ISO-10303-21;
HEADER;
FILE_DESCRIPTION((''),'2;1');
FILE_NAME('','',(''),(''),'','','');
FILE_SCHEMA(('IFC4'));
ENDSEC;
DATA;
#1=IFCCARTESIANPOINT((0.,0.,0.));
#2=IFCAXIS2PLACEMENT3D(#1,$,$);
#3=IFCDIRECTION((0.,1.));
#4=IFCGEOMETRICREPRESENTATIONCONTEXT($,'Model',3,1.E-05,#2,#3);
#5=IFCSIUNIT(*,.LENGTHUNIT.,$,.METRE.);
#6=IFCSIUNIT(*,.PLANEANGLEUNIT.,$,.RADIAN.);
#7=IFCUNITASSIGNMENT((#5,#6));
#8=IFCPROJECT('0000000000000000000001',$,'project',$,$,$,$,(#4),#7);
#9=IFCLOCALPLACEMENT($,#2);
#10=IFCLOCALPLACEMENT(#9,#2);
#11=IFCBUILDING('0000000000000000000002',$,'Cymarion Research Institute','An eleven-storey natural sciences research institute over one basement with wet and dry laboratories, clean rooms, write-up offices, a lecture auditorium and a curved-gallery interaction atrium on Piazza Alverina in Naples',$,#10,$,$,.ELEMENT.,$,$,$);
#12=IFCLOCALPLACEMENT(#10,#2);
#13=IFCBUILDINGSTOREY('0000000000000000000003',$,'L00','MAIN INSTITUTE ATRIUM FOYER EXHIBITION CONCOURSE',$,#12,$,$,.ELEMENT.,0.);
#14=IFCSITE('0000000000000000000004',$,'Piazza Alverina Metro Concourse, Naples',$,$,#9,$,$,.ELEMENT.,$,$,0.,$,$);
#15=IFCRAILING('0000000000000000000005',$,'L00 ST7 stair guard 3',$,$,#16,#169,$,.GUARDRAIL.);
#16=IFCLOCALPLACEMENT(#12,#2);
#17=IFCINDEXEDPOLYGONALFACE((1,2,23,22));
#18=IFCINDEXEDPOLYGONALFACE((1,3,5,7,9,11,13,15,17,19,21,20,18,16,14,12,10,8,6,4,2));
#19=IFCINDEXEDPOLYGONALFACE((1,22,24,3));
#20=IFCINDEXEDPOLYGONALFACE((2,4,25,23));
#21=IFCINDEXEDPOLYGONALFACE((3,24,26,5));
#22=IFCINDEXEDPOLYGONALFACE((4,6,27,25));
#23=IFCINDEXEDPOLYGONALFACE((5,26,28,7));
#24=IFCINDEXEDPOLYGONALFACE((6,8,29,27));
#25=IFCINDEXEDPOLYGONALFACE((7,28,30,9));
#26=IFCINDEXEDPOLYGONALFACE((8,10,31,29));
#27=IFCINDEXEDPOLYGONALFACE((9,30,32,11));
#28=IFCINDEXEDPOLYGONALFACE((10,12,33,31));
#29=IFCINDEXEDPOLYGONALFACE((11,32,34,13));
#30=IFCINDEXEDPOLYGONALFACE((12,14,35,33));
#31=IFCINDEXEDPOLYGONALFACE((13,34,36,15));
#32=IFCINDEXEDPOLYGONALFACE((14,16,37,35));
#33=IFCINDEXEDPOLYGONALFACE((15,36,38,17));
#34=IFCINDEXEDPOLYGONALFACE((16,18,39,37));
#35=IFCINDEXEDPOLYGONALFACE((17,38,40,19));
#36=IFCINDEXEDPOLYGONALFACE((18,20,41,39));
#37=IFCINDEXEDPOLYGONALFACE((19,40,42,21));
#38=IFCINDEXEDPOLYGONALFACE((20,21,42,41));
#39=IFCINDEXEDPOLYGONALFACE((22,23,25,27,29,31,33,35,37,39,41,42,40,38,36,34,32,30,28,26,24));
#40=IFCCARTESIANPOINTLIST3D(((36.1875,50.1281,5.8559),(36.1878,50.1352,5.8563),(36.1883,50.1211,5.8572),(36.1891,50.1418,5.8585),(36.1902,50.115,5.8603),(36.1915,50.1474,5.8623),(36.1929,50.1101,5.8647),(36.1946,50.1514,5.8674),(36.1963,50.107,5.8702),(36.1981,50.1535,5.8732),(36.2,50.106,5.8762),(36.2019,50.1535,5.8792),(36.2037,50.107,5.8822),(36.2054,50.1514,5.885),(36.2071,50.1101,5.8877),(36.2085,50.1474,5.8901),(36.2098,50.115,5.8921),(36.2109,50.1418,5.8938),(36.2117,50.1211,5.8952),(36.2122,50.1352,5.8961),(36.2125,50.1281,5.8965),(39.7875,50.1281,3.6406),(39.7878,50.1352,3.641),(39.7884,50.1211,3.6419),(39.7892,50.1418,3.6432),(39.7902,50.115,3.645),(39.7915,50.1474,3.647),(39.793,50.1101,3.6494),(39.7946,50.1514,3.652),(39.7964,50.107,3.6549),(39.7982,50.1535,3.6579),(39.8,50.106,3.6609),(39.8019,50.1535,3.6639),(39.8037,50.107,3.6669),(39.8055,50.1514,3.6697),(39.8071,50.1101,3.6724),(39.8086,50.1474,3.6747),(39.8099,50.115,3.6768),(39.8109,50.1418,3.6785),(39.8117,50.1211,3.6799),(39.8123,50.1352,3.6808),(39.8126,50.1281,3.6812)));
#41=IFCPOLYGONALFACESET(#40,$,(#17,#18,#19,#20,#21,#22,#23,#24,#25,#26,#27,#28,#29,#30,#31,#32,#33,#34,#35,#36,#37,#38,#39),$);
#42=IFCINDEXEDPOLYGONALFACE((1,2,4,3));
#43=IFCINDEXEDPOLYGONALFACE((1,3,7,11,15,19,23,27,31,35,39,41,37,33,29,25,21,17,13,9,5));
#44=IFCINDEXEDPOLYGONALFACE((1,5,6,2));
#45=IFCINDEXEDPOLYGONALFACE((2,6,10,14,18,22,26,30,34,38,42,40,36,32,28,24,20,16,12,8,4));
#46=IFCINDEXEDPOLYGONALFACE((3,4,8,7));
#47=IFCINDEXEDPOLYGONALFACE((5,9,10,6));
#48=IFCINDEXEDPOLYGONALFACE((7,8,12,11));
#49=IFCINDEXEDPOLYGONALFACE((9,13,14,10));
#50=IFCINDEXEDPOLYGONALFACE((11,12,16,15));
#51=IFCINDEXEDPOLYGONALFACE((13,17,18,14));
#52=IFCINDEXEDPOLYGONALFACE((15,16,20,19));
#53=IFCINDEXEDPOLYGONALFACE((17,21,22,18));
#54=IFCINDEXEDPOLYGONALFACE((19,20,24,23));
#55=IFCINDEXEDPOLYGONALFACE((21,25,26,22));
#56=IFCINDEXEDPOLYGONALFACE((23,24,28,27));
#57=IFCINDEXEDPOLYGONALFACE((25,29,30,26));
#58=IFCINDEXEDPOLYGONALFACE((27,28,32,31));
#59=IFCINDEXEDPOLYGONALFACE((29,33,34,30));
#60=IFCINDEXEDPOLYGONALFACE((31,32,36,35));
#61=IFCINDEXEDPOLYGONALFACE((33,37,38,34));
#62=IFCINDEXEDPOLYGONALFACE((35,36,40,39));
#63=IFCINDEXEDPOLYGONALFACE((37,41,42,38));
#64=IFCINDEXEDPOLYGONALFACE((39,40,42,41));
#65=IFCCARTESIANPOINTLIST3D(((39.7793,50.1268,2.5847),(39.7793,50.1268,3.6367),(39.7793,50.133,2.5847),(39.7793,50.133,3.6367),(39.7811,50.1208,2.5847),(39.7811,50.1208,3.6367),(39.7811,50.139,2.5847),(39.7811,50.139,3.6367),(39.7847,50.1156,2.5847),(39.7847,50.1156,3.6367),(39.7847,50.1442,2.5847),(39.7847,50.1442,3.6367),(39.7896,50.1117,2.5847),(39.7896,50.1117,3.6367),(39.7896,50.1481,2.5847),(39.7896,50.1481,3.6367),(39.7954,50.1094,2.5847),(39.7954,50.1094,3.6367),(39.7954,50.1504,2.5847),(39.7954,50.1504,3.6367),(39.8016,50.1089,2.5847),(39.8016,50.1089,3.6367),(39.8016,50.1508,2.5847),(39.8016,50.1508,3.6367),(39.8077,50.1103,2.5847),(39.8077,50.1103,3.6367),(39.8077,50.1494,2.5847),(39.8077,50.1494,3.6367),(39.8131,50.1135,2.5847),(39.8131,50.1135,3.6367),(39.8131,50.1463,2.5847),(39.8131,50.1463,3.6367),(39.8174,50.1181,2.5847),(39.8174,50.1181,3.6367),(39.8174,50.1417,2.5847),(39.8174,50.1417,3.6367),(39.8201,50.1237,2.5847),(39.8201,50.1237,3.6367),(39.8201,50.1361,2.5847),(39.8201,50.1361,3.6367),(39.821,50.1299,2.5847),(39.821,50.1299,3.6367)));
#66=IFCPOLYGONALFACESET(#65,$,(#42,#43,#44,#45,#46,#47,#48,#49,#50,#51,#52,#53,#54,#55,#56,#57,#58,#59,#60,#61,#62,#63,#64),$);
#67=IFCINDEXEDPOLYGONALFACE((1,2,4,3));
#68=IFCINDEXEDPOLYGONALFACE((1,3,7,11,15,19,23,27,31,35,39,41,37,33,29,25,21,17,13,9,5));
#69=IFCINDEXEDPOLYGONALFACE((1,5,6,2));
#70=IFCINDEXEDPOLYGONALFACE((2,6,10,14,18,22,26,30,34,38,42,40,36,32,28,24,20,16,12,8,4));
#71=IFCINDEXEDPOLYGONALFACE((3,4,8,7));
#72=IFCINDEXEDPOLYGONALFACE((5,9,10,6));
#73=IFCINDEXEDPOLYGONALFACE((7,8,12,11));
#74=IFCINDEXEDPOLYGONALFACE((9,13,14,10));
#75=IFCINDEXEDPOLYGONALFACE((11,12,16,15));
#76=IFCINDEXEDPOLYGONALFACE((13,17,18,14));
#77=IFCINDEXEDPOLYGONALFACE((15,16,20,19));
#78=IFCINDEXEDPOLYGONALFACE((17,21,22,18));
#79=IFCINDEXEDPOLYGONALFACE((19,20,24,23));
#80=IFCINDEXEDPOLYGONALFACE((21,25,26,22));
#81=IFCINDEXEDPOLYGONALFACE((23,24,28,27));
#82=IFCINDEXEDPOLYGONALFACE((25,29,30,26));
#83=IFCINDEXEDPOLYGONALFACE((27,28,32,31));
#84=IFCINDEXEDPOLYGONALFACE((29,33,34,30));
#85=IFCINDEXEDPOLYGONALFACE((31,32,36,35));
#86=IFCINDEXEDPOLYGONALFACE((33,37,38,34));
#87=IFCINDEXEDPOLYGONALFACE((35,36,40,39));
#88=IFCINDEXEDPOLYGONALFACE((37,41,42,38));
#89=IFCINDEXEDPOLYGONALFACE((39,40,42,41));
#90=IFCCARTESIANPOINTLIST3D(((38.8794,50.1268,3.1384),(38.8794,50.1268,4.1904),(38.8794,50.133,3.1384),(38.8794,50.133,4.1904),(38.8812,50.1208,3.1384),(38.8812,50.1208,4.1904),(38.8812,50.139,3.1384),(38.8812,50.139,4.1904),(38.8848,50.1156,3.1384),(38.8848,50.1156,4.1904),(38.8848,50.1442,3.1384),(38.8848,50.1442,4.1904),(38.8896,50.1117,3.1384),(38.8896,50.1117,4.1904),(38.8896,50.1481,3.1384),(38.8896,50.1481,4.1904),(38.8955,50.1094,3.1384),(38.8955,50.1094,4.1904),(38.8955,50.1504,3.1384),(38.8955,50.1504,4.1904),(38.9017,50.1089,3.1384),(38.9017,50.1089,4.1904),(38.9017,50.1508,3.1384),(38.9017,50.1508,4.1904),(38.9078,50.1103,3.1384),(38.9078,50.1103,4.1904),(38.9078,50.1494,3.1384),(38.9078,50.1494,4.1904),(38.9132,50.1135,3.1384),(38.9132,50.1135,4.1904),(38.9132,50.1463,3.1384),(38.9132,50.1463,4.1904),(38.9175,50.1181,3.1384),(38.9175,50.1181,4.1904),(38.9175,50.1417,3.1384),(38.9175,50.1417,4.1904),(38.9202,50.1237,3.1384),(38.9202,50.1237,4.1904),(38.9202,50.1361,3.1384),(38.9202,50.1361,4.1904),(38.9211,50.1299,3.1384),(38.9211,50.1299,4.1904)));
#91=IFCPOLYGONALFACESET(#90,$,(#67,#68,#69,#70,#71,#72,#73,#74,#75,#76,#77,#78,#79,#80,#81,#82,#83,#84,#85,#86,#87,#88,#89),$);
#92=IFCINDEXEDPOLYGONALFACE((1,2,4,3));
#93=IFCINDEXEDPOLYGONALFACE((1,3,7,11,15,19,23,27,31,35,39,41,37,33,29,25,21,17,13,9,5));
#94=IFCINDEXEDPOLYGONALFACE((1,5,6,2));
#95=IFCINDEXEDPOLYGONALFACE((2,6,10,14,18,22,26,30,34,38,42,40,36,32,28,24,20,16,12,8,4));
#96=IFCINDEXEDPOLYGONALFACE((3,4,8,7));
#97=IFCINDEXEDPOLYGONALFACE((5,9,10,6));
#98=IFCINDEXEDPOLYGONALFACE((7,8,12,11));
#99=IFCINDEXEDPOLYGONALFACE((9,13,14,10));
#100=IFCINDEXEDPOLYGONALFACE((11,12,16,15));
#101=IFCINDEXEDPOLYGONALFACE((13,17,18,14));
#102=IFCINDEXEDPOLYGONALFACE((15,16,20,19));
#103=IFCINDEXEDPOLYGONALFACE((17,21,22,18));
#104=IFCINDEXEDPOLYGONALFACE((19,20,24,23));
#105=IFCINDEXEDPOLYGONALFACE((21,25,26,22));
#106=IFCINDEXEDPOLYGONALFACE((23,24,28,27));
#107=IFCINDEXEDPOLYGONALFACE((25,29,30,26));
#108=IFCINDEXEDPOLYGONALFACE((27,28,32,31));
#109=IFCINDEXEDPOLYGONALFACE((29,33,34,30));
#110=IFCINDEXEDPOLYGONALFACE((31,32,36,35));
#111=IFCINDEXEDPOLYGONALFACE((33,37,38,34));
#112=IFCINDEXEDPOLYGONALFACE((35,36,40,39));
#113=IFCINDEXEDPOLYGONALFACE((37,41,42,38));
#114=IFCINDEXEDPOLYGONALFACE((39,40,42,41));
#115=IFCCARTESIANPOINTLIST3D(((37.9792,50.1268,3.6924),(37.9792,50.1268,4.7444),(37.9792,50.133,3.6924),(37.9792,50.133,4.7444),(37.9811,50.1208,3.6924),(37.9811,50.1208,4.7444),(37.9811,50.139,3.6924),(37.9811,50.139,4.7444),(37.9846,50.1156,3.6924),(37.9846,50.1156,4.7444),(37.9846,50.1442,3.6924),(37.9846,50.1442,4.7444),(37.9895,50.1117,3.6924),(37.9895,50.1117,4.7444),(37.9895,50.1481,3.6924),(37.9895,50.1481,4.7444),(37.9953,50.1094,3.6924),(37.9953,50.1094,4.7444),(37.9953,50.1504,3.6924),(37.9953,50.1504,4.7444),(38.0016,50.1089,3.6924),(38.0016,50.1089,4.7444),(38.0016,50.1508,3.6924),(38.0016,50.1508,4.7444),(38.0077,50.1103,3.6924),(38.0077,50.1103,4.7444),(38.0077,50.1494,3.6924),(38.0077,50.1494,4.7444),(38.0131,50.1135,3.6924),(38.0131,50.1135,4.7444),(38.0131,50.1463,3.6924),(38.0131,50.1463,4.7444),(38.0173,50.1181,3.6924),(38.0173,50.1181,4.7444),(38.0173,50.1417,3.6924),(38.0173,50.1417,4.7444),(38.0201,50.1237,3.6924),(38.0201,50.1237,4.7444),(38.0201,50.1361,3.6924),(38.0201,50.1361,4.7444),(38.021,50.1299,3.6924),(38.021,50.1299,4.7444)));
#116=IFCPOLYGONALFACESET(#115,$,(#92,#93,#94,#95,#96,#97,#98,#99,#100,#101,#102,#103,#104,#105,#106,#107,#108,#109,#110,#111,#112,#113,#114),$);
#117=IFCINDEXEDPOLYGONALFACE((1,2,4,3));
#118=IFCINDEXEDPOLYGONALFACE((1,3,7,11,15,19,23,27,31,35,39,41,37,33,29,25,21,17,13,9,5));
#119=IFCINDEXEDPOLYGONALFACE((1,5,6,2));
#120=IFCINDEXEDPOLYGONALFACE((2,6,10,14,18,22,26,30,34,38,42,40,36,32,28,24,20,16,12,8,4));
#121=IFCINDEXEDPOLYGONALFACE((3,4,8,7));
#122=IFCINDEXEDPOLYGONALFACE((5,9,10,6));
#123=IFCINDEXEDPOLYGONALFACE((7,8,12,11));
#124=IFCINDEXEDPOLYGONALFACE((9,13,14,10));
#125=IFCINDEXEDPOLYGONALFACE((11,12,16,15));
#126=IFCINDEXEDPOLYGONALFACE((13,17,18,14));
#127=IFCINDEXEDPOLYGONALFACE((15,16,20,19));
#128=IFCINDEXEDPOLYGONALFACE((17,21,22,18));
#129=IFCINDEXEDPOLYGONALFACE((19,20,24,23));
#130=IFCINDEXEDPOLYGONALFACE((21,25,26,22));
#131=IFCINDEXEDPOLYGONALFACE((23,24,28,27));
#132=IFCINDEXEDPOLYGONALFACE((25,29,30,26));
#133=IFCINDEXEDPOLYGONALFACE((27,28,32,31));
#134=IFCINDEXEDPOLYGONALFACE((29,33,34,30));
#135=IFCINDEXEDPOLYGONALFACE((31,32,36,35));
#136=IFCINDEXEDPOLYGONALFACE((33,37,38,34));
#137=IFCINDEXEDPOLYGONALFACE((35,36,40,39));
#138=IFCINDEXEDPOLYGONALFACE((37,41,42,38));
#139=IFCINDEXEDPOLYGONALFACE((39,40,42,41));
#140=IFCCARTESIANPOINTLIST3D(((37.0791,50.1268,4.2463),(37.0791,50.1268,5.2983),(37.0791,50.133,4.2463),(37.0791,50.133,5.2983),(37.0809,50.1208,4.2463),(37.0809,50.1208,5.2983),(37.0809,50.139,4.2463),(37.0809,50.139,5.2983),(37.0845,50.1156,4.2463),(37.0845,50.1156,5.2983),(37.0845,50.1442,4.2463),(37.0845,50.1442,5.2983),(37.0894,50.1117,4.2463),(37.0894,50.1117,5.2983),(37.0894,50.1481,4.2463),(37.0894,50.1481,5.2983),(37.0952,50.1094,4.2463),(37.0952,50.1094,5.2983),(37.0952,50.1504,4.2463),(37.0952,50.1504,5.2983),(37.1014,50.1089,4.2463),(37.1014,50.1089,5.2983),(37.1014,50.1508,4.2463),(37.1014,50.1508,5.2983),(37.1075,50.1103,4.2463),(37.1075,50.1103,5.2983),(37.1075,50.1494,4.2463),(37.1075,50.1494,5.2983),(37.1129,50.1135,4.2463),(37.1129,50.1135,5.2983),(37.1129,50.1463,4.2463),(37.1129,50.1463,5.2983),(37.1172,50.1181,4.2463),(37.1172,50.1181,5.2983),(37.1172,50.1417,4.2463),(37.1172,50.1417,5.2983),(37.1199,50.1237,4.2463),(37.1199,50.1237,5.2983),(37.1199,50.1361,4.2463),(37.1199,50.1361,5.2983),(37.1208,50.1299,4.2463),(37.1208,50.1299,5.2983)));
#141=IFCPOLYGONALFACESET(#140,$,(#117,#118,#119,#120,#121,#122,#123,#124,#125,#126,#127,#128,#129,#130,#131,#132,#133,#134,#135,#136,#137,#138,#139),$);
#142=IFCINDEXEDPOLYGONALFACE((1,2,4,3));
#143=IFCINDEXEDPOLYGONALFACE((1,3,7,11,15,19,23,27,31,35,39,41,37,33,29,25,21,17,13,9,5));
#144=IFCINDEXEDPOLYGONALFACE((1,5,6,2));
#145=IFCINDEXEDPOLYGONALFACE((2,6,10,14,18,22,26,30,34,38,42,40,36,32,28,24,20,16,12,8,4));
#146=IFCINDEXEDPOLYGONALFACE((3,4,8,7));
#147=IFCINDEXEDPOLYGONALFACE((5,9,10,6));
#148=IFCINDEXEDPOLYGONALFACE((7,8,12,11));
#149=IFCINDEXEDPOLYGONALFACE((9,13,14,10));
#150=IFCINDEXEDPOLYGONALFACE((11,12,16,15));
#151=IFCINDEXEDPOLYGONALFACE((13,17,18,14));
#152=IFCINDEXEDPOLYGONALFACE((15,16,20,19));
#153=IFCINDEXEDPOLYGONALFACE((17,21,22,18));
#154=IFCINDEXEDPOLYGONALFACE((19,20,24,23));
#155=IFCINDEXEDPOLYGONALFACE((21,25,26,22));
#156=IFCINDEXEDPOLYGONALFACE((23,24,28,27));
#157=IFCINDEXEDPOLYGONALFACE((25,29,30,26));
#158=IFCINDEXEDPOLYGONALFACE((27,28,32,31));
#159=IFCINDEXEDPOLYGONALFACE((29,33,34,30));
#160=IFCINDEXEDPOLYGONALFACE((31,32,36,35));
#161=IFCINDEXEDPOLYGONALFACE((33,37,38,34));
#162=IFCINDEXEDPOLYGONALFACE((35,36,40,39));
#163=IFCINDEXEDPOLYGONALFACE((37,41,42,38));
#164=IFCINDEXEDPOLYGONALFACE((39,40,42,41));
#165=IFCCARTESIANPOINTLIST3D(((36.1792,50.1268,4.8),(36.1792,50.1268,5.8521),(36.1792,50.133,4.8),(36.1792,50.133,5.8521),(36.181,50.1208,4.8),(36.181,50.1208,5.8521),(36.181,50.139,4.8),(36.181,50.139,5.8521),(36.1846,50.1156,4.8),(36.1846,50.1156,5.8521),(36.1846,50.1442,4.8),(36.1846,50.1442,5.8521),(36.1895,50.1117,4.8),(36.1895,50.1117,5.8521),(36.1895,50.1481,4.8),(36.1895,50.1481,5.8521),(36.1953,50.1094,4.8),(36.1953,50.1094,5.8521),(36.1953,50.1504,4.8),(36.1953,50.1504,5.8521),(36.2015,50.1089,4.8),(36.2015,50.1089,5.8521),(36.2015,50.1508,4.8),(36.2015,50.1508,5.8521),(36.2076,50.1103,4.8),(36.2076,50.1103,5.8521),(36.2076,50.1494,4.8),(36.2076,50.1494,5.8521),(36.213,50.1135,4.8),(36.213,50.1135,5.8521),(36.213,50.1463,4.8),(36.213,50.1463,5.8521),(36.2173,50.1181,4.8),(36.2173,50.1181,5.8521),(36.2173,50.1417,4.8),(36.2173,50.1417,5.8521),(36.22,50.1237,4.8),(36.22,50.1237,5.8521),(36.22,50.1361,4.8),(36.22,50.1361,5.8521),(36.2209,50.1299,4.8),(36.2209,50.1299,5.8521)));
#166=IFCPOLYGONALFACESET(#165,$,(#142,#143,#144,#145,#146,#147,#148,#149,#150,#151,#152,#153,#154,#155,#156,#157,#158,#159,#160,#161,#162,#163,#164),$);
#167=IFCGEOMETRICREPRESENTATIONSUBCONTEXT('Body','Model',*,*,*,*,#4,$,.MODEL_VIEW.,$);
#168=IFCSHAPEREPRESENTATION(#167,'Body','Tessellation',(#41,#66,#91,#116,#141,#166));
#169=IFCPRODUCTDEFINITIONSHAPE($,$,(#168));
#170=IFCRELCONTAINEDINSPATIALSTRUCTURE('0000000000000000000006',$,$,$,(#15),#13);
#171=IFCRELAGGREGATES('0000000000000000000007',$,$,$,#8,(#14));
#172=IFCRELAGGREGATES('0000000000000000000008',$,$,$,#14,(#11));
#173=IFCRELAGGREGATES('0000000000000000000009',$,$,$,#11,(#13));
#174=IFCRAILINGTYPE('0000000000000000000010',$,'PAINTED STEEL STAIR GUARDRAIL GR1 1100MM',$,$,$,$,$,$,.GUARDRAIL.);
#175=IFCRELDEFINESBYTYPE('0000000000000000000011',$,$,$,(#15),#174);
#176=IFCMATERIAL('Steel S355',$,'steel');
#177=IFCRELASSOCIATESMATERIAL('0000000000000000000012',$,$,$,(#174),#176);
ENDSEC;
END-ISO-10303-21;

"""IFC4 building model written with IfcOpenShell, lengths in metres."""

from ifc_helpers import new_model, si_unit, direction, frame, origin, origin_2d, place, context, subcontext, project, spatial, circle, extrude, material, type_object, element, save


model = new_model("IFC4")

# Units and contexts
model_context = context("Model", 3, precision=1e-05, world=origin(), true_north=direction((0.0, 1.0)))
body_context = subcontext(model_context, "Body", "Model", "MODEL_VIEW")
ifc_project = project(units=[si_unit("LENGTHUNIT", "METRE"), si_unit("PLANEANGLEUNIT", "RADIAN")], contexts=[model_context])

# Site, building, storey
site_placement = place(None, origin())
site = spatial("IfcSite", under=ifc_project, at=site_placement, Name="Piazza Alverina Metro Concourse, Naples", CompositionType="ELEMENT", RefElevation=0.0)
building_placement = place(site_placement, origin())
building = spatial("IfcBuilding", under=site, at=building_placement, Name="Cymarion Research Institute", Description="An eleven-storey natural sciences research institute over one basement with wet and dry laboratories, clean rooms, write-up offices, a lecture auditorium and a curved-gallery interaction atrium on Piazza Alverina in Naples", CompositionType="ELEMENT")
storey_placement = place(building_placement, origin())
storey = spatial("IfcBuildingStorey", under=building, at=storey_placement, Name="L00", Description="MAIN INSTITUTE ATRIUM FOYER EXHIBITION CONCOURSE", CompositionType="ELEMENT", Elevation=0.0)

# Shared definitions
ifc_material_1 = material(Name="Steel S355", Category="steel")

# Railing
railing_type_1 = type_object("IfcRailingType", Name="PAINTED STEEL STAIR GUARDRAIL GR1 1100MM", PredefinedType="GUARDRAIL", material=ifc_material_1)
railing_1_placement = place(storey_placement, frame((39.8, 50.1299, 2.5847)))
element("IfcRailing", 1, at=railing_1_placement, inside=storey, type_object=railing_type_1, Name="L00 ST7 stair guard 3", PredefinedType="GUARDRAIL", context=body_context, shape_type="SweptSolid", body=[
    extrude(circle(Radius=0.0239, at=origin_2d()), frame((0.0, 0.0, 1.0762), z_axis=(-0.85167, 0.0, 0.524078), x_axis=(0.0, -1.0, 0.0)), (0.0, 0.0, 1.0), 4.2271),
    extrude(circle(Radius=0.021, at=origin_2d()), origin(), (0.0, 0.0, 1.0), 1.052),
    extrude(circle(Radius=0.021, at=origin_2d()), frame((-0.8999, 0.0, 0.5537)), (0.0, 0.0, 1.0), 1.052),
    extrude(circle(Radius=0.021, at=origin_2d()), frame((-1.8, 0.0, 1.1077)), (0.0, 0.0, 1.0), 1.052),
    extrude(circle(Radius=0.021, at=origin_2d()), frame((-2.7002, 0.0, 1.6616)), (0.0, 0.0, 1.0), 1.052),
    extrude(circle(Radius=0.021, at=origin_2d()), frame((-3.6001, 0.0, 2.2153)), (0.0, 0.0, 1.0), 1.052),
])

save(model, "model.ifc")
